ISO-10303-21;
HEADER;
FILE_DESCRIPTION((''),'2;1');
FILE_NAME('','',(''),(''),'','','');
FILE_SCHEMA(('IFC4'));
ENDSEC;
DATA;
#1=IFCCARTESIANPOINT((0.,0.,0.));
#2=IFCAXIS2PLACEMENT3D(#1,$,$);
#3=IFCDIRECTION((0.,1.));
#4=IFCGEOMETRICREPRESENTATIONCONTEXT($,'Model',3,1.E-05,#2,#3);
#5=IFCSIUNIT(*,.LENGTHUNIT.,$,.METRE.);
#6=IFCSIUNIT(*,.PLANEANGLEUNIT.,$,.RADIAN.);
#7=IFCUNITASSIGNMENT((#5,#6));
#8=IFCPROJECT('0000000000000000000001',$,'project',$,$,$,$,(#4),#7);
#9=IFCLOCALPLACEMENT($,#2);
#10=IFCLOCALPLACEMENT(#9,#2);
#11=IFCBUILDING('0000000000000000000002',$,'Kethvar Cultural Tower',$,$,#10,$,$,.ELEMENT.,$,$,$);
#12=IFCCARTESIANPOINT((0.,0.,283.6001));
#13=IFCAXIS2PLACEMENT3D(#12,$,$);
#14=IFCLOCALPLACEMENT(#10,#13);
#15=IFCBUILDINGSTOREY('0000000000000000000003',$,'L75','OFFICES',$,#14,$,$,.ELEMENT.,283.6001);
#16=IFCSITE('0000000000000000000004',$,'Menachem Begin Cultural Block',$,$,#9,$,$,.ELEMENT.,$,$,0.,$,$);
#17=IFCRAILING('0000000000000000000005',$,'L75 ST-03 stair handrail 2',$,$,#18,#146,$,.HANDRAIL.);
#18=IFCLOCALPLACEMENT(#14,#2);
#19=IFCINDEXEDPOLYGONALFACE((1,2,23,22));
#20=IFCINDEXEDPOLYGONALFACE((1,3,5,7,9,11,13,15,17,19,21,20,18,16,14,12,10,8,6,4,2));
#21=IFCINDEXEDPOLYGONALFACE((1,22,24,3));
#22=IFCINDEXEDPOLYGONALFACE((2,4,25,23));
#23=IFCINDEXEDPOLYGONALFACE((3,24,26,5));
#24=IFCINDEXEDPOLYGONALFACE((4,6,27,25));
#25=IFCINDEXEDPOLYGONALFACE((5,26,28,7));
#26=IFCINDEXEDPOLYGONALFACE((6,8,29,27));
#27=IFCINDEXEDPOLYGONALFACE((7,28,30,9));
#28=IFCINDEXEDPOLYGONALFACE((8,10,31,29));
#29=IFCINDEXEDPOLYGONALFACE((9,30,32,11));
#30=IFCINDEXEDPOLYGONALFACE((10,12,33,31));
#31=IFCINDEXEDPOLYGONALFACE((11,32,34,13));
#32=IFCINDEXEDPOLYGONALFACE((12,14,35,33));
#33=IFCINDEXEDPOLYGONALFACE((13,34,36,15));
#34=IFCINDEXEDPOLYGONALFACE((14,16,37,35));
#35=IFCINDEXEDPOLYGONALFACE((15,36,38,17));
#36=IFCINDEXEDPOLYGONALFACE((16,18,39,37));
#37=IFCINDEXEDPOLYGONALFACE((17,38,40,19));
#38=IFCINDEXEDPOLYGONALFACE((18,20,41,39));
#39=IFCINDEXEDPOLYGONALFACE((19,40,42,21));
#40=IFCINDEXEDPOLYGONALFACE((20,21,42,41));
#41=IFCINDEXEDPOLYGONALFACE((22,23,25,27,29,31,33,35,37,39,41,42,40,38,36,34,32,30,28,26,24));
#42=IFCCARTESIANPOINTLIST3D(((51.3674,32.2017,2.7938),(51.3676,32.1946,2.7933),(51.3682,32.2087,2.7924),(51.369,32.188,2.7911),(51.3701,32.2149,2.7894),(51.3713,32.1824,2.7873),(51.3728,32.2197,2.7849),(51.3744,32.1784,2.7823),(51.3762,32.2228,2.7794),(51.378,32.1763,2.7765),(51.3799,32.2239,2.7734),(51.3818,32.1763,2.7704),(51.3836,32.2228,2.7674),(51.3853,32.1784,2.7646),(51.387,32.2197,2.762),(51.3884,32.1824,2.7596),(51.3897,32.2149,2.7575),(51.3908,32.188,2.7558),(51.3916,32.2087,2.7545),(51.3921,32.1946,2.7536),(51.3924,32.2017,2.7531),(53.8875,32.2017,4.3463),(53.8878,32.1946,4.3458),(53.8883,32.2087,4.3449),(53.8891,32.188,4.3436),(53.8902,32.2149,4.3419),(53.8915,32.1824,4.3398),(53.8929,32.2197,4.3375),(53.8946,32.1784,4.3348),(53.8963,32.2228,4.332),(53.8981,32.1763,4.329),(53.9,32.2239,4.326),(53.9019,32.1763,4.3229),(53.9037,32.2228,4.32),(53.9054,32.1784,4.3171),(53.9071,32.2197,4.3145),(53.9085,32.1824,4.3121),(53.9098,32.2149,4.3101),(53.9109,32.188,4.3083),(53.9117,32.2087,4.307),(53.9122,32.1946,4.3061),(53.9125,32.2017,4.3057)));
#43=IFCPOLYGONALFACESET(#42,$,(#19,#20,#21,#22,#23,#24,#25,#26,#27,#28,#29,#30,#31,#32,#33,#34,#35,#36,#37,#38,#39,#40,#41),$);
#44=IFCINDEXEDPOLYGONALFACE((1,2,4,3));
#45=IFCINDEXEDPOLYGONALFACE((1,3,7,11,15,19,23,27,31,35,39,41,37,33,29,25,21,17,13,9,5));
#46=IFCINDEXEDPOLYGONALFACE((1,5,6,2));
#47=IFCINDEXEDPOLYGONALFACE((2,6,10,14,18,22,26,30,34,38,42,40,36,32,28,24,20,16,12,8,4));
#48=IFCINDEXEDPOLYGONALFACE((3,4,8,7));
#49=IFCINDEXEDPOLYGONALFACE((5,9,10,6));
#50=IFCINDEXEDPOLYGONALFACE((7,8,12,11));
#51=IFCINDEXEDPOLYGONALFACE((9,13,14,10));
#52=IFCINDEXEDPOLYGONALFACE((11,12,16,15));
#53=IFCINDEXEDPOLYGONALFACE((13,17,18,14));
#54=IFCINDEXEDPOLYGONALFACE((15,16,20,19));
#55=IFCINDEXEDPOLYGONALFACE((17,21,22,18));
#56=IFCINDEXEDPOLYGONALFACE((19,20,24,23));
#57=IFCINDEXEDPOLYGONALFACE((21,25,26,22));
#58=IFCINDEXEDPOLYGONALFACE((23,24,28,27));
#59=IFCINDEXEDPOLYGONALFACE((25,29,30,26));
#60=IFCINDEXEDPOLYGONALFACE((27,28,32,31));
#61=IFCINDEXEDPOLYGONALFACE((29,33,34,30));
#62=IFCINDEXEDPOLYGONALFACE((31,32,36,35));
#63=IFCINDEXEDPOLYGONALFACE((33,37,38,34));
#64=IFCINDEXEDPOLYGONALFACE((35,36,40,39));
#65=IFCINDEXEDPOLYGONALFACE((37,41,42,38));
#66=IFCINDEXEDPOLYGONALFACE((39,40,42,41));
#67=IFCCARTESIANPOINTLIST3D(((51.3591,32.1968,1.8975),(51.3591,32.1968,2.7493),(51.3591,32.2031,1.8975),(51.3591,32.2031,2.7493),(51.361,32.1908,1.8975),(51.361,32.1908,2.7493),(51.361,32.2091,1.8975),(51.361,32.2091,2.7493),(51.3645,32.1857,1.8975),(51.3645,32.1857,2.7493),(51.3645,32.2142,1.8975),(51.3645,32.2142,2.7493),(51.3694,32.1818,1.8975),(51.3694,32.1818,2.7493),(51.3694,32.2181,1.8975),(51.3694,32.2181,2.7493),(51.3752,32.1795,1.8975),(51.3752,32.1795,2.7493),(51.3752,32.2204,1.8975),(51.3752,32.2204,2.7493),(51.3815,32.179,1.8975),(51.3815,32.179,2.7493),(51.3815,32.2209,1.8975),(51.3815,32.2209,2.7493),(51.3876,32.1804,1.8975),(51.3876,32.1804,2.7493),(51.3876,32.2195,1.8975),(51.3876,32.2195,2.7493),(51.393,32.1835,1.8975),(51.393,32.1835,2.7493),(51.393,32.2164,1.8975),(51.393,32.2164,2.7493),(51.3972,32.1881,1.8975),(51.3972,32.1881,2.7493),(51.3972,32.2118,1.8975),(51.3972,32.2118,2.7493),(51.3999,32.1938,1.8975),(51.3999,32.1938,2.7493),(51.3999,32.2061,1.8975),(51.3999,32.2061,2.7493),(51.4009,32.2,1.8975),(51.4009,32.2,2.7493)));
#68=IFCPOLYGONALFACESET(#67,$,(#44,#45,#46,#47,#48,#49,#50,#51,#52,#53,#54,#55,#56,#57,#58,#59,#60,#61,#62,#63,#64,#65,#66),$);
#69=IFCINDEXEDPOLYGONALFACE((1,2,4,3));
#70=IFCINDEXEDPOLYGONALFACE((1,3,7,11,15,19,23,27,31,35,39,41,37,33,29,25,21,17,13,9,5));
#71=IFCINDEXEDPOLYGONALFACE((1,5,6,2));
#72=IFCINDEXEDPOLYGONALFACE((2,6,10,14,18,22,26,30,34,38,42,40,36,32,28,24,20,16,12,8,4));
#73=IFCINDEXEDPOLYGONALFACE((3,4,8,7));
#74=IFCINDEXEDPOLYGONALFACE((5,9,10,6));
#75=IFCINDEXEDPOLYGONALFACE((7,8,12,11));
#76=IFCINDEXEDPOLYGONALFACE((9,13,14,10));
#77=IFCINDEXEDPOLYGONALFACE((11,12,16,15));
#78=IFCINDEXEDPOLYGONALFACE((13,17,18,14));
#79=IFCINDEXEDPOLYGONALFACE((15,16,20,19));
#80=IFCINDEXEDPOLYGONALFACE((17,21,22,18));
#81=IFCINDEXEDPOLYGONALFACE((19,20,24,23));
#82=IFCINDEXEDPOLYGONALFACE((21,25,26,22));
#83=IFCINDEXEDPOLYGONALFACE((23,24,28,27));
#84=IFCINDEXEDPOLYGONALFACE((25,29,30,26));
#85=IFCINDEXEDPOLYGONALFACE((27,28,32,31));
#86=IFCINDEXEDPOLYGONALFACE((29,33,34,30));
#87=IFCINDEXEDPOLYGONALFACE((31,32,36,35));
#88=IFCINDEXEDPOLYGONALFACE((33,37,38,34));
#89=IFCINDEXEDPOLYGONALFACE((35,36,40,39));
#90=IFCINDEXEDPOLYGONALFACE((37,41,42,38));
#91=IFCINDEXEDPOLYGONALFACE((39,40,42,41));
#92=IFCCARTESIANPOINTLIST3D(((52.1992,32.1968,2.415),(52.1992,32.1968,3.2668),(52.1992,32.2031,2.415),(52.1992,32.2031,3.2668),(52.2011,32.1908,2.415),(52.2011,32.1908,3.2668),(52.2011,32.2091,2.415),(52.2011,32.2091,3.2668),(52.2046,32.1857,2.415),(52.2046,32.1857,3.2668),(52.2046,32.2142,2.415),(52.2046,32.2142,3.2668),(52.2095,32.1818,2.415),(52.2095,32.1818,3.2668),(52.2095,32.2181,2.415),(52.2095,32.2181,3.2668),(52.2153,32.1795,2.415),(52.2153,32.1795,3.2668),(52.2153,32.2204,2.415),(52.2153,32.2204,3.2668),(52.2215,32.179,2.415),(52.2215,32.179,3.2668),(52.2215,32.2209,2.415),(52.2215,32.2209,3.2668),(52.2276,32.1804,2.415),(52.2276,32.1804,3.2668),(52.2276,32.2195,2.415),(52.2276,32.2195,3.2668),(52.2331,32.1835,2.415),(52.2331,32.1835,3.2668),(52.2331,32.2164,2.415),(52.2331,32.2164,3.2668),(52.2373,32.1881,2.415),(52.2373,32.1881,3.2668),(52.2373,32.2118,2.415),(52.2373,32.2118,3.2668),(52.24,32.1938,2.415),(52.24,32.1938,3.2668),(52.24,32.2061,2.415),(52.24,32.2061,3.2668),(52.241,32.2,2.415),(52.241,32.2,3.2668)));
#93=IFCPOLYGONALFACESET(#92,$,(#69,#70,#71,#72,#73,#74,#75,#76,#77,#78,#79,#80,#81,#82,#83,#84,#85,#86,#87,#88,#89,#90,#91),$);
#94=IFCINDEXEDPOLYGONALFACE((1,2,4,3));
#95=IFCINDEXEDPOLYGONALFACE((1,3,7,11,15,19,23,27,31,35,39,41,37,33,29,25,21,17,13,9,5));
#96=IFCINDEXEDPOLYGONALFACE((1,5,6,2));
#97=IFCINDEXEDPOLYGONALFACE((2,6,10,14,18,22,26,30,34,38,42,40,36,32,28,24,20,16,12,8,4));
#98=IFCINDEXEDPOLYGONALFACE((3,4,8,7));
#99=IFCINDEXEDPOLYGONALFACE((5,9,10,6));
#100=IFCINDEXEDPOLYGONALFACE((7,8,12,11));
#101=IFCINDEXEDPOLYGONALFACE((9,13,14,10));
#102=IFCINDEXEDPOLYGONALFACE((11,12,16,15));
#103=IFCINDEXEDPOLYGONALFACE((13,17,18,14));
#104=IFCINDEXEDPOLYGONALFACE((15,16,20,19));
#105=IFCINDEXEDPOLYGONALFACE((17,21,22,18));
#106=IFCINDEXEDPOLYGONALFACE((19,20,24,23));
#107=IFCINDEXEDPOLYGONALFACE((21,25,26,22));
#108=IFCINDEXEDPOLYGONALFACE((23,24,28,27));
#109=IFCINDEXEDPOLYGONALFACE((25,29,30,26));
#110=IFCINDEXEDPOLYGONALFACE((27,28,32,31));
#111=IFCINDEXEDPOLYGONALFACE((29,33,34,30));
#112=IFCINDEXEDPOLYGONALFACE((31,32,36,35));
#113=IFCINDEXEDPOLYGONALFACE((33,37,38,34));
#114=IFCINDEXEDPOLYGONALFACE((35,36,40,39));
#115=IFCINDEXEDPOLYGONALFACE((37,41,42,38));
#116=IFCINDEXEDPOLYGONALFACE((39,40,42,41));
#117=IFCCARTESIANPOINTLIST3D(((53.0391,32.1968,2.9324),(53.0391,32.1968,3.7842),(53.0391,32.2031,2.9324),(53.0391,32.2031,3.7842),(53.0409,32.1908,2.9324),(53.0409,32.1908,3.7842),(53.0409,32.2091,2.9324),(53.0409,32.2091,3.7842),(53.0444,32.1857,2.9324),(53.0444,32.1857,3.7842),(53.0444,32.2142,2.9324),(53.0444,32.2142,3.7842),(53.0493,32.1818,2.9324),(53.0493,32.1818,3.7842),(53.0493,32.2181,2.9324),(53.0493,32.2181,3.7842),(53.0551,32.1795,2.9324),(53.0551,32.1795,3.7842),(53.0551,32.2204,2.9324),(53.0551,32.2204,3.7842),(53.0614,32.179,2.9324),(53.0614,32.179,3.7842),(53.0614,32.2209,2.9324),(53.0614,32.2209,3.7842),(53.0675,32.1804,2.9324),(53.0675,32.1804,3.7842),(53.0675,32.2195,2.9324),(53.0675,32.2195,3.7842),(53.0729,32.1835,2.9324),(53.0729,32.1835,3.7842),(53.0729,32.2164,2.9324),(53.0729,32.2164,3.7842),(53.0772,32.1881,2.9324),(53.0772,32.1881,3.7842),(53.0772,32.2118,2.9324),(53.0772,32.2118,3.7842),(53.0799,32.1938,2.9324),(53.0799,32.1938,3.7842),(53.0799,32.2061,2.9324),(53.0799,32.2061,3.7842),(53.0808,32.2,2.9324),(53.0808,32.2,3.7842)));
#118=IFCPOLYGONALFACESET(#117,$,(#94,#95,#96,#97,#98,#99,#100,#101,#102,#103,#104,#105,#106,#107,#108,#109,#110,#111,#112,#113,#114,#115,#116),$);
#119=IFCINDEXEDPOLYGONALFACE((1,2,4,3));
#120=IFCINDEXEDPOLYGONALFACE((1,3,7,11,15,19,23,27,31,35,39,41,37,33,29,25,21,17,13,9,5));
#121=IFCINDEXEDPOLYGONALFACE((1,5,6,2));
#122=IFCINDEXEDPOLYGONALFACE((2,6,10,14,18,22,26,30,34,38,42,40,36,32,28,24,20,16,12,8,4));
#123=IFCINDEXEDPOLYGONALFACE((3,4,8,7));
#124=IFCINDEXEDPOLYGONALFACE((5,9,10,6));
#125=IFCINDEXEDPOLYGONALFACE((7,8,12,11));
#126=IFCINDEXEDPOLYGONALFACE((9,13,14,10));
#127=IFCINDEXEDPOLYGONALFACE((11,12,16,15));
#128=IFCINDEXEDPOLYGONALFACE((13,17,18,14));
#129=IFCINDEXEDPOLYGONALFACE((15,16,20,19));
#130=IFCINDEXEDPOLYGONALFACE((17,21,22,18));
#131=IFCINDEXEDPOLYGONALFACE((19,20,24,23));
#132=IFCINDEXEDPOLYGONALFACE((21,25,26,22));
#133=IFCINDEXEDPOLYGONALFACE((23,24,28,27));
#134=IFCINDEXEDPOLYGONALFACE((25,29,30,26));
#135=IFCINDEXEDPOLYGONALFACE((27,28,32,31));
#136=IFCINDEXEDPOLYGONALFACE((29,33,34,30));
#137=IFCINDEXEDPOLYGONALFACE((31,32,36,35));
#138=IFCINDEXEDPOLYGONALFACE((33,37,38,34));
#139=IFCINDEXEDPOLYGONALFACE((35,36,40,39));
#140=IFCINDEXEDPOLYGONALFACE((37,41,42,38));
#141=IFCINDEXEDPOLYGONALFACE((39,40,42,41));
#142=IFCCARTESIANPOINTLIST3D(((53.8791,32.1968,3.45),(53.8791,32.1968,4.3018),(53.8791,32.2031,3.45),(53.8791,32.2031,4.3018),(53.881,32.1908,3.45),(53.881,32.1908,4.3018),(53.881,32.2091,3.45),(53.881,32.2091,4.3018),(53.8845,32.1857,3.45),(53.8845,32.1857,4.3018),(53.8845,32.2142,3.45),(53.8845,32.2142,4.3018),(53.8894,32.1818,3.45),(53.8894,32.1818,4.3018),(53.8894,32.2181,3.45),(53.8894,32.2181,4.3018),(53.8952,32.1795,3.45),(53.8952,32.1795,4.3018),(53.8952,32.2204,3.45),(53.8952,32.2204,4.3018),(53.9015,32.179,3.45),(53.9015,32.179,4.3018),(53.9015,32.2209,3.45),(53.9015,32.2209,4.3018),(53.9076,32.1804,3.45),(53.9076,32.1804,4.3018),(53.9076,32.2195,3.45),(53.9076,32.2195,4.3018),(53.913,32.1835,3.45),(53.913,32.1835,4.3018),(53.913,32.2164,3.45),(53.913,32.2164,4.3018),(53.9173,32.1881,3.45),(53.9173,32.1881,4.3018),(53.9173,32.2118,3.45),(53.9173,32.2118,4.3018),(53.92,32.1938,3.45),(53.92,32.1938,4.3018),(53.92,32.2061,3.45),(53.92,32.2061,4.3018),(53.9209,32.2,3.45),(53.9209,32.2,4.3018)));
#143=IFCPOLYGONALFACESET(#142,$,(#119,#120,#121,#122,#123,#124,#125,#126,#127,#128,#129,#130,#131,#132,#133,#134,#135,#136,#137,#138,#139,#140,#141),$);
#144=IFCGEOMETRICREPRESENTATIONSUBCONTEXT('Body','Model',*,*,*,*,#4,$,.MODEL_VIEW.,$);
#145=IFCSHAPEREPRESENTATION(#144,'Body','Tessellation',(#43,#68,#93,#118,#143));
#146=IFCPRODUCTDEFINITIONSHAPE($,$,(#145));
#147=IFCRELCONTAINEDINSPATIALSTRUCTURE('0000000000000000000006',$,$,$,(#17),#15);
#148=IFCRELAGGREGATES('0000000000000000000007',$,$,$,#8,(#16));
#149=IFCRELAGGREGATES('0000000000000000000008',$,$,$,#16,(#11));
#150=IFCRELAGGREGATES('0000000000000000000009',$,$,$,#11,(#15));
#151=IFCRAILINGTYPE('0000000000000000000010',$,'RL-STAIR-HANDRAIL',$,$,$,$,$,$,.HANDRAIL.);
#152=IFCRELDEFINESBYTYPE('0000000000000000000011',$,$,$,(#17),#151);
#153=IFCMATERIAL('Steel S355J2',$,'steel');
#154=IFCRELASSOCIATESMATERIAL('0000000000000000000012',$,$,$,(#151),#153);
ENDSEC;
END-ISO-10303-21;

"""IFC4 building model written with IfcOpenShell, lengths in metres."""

from ifc_helpers import new_model, si_unit, direction, frame, origin, origin_2d, place, context, subcontext, project, spatial, circle, extrude, material, type_object, element, save


model = new_model("IFC4")

# Units and contexts
model_context = context("Model", 3, precision=1e-05, world=origin(), true_north=direction((0.0, 1.0)))
body_context = subcontext(model_context, "Body", "Model", "MODEL_VIEW")
ifc_project = project(units=[si_unit("LENGTHUNIT", "METRE"), si_unit("PLANEANGLEUNIT", "RADIAN")], contexts=[model_context])

# Site, building, storey
site_placement = place(None, origin())
site = spatial("IfcSite", under=ifc_project, at=site_placement, Name="Menachem Begin Cultural Block", CompositionType="ELEMENT", RefElevation=0.0)
building_placement = place(site_placement, origin())
building = spatial("IfcBuilding", under=site, at=building_placement, Name="Kethvar Cultural Tower", CompositionType="ELEMENT")
storey_placement = place(building_placement, frame((0.0, 0.0, 283.6001)))
storey = spatial("IfcBuildingStorey", under=building, at=storey_placement, Name="L75", Description="OFFICES", CompositionType="ELEMENT", Elevation=283.6001)

# Shared definitions
ifc_material_1 = material(Name="Steel S355J2", Category="steel")

# Railing
railing_type_1 = type_object("IfcRailingType", Name="RL-STAIR-HANDRAIL", PredefinedType="HANDRAIL", material=ifc_material_1)
railing_1_placement = place(storey_placement, frame((51.3799, 32.2, 1.8975)))
element("IfcRailing", 1, at=railing_1_placement, inside=storey, type_object=railing_type_1, Name="L75 ST-03 stair handrail 2", PredefinedType="HANDRAIL", context=body_context, shape_type="SweptSolid", body=[
    extrude(circle(Radius=0.0239, at=origin_2d()), frame((0.0, 0.0, 0.876), z_axis=(0.8514, 0.0, 0.524516), x_axis=(0.0, 1.0, 0.0)), (0.0, 0.0, 1.0), 2.96),
    extrude(circle(Radius=0.021, at=origin_2d()), origin(), (0.0, 0.0, 1.0), 0.8518),
    extrude(circle(Radius=0.021, at=origin_2d()), frame((0.8401, 0.0, 0.5176)), (0.0, 0.0, 1.0), 0.8518),
    extrude(circle(Radius=0.021, at=origin_2d()), frame((1.6799, 0.0, 1.0349)), (0.0, 0.0, 1.0), 0.8518),
    extrude(circle(Radius=0.021, at=origin_2d()), frame((2.52, 0.0, 1.5525)), (0.0, 0.0, 1.0), 0.8518),
])

save(model, "model.ifc")
